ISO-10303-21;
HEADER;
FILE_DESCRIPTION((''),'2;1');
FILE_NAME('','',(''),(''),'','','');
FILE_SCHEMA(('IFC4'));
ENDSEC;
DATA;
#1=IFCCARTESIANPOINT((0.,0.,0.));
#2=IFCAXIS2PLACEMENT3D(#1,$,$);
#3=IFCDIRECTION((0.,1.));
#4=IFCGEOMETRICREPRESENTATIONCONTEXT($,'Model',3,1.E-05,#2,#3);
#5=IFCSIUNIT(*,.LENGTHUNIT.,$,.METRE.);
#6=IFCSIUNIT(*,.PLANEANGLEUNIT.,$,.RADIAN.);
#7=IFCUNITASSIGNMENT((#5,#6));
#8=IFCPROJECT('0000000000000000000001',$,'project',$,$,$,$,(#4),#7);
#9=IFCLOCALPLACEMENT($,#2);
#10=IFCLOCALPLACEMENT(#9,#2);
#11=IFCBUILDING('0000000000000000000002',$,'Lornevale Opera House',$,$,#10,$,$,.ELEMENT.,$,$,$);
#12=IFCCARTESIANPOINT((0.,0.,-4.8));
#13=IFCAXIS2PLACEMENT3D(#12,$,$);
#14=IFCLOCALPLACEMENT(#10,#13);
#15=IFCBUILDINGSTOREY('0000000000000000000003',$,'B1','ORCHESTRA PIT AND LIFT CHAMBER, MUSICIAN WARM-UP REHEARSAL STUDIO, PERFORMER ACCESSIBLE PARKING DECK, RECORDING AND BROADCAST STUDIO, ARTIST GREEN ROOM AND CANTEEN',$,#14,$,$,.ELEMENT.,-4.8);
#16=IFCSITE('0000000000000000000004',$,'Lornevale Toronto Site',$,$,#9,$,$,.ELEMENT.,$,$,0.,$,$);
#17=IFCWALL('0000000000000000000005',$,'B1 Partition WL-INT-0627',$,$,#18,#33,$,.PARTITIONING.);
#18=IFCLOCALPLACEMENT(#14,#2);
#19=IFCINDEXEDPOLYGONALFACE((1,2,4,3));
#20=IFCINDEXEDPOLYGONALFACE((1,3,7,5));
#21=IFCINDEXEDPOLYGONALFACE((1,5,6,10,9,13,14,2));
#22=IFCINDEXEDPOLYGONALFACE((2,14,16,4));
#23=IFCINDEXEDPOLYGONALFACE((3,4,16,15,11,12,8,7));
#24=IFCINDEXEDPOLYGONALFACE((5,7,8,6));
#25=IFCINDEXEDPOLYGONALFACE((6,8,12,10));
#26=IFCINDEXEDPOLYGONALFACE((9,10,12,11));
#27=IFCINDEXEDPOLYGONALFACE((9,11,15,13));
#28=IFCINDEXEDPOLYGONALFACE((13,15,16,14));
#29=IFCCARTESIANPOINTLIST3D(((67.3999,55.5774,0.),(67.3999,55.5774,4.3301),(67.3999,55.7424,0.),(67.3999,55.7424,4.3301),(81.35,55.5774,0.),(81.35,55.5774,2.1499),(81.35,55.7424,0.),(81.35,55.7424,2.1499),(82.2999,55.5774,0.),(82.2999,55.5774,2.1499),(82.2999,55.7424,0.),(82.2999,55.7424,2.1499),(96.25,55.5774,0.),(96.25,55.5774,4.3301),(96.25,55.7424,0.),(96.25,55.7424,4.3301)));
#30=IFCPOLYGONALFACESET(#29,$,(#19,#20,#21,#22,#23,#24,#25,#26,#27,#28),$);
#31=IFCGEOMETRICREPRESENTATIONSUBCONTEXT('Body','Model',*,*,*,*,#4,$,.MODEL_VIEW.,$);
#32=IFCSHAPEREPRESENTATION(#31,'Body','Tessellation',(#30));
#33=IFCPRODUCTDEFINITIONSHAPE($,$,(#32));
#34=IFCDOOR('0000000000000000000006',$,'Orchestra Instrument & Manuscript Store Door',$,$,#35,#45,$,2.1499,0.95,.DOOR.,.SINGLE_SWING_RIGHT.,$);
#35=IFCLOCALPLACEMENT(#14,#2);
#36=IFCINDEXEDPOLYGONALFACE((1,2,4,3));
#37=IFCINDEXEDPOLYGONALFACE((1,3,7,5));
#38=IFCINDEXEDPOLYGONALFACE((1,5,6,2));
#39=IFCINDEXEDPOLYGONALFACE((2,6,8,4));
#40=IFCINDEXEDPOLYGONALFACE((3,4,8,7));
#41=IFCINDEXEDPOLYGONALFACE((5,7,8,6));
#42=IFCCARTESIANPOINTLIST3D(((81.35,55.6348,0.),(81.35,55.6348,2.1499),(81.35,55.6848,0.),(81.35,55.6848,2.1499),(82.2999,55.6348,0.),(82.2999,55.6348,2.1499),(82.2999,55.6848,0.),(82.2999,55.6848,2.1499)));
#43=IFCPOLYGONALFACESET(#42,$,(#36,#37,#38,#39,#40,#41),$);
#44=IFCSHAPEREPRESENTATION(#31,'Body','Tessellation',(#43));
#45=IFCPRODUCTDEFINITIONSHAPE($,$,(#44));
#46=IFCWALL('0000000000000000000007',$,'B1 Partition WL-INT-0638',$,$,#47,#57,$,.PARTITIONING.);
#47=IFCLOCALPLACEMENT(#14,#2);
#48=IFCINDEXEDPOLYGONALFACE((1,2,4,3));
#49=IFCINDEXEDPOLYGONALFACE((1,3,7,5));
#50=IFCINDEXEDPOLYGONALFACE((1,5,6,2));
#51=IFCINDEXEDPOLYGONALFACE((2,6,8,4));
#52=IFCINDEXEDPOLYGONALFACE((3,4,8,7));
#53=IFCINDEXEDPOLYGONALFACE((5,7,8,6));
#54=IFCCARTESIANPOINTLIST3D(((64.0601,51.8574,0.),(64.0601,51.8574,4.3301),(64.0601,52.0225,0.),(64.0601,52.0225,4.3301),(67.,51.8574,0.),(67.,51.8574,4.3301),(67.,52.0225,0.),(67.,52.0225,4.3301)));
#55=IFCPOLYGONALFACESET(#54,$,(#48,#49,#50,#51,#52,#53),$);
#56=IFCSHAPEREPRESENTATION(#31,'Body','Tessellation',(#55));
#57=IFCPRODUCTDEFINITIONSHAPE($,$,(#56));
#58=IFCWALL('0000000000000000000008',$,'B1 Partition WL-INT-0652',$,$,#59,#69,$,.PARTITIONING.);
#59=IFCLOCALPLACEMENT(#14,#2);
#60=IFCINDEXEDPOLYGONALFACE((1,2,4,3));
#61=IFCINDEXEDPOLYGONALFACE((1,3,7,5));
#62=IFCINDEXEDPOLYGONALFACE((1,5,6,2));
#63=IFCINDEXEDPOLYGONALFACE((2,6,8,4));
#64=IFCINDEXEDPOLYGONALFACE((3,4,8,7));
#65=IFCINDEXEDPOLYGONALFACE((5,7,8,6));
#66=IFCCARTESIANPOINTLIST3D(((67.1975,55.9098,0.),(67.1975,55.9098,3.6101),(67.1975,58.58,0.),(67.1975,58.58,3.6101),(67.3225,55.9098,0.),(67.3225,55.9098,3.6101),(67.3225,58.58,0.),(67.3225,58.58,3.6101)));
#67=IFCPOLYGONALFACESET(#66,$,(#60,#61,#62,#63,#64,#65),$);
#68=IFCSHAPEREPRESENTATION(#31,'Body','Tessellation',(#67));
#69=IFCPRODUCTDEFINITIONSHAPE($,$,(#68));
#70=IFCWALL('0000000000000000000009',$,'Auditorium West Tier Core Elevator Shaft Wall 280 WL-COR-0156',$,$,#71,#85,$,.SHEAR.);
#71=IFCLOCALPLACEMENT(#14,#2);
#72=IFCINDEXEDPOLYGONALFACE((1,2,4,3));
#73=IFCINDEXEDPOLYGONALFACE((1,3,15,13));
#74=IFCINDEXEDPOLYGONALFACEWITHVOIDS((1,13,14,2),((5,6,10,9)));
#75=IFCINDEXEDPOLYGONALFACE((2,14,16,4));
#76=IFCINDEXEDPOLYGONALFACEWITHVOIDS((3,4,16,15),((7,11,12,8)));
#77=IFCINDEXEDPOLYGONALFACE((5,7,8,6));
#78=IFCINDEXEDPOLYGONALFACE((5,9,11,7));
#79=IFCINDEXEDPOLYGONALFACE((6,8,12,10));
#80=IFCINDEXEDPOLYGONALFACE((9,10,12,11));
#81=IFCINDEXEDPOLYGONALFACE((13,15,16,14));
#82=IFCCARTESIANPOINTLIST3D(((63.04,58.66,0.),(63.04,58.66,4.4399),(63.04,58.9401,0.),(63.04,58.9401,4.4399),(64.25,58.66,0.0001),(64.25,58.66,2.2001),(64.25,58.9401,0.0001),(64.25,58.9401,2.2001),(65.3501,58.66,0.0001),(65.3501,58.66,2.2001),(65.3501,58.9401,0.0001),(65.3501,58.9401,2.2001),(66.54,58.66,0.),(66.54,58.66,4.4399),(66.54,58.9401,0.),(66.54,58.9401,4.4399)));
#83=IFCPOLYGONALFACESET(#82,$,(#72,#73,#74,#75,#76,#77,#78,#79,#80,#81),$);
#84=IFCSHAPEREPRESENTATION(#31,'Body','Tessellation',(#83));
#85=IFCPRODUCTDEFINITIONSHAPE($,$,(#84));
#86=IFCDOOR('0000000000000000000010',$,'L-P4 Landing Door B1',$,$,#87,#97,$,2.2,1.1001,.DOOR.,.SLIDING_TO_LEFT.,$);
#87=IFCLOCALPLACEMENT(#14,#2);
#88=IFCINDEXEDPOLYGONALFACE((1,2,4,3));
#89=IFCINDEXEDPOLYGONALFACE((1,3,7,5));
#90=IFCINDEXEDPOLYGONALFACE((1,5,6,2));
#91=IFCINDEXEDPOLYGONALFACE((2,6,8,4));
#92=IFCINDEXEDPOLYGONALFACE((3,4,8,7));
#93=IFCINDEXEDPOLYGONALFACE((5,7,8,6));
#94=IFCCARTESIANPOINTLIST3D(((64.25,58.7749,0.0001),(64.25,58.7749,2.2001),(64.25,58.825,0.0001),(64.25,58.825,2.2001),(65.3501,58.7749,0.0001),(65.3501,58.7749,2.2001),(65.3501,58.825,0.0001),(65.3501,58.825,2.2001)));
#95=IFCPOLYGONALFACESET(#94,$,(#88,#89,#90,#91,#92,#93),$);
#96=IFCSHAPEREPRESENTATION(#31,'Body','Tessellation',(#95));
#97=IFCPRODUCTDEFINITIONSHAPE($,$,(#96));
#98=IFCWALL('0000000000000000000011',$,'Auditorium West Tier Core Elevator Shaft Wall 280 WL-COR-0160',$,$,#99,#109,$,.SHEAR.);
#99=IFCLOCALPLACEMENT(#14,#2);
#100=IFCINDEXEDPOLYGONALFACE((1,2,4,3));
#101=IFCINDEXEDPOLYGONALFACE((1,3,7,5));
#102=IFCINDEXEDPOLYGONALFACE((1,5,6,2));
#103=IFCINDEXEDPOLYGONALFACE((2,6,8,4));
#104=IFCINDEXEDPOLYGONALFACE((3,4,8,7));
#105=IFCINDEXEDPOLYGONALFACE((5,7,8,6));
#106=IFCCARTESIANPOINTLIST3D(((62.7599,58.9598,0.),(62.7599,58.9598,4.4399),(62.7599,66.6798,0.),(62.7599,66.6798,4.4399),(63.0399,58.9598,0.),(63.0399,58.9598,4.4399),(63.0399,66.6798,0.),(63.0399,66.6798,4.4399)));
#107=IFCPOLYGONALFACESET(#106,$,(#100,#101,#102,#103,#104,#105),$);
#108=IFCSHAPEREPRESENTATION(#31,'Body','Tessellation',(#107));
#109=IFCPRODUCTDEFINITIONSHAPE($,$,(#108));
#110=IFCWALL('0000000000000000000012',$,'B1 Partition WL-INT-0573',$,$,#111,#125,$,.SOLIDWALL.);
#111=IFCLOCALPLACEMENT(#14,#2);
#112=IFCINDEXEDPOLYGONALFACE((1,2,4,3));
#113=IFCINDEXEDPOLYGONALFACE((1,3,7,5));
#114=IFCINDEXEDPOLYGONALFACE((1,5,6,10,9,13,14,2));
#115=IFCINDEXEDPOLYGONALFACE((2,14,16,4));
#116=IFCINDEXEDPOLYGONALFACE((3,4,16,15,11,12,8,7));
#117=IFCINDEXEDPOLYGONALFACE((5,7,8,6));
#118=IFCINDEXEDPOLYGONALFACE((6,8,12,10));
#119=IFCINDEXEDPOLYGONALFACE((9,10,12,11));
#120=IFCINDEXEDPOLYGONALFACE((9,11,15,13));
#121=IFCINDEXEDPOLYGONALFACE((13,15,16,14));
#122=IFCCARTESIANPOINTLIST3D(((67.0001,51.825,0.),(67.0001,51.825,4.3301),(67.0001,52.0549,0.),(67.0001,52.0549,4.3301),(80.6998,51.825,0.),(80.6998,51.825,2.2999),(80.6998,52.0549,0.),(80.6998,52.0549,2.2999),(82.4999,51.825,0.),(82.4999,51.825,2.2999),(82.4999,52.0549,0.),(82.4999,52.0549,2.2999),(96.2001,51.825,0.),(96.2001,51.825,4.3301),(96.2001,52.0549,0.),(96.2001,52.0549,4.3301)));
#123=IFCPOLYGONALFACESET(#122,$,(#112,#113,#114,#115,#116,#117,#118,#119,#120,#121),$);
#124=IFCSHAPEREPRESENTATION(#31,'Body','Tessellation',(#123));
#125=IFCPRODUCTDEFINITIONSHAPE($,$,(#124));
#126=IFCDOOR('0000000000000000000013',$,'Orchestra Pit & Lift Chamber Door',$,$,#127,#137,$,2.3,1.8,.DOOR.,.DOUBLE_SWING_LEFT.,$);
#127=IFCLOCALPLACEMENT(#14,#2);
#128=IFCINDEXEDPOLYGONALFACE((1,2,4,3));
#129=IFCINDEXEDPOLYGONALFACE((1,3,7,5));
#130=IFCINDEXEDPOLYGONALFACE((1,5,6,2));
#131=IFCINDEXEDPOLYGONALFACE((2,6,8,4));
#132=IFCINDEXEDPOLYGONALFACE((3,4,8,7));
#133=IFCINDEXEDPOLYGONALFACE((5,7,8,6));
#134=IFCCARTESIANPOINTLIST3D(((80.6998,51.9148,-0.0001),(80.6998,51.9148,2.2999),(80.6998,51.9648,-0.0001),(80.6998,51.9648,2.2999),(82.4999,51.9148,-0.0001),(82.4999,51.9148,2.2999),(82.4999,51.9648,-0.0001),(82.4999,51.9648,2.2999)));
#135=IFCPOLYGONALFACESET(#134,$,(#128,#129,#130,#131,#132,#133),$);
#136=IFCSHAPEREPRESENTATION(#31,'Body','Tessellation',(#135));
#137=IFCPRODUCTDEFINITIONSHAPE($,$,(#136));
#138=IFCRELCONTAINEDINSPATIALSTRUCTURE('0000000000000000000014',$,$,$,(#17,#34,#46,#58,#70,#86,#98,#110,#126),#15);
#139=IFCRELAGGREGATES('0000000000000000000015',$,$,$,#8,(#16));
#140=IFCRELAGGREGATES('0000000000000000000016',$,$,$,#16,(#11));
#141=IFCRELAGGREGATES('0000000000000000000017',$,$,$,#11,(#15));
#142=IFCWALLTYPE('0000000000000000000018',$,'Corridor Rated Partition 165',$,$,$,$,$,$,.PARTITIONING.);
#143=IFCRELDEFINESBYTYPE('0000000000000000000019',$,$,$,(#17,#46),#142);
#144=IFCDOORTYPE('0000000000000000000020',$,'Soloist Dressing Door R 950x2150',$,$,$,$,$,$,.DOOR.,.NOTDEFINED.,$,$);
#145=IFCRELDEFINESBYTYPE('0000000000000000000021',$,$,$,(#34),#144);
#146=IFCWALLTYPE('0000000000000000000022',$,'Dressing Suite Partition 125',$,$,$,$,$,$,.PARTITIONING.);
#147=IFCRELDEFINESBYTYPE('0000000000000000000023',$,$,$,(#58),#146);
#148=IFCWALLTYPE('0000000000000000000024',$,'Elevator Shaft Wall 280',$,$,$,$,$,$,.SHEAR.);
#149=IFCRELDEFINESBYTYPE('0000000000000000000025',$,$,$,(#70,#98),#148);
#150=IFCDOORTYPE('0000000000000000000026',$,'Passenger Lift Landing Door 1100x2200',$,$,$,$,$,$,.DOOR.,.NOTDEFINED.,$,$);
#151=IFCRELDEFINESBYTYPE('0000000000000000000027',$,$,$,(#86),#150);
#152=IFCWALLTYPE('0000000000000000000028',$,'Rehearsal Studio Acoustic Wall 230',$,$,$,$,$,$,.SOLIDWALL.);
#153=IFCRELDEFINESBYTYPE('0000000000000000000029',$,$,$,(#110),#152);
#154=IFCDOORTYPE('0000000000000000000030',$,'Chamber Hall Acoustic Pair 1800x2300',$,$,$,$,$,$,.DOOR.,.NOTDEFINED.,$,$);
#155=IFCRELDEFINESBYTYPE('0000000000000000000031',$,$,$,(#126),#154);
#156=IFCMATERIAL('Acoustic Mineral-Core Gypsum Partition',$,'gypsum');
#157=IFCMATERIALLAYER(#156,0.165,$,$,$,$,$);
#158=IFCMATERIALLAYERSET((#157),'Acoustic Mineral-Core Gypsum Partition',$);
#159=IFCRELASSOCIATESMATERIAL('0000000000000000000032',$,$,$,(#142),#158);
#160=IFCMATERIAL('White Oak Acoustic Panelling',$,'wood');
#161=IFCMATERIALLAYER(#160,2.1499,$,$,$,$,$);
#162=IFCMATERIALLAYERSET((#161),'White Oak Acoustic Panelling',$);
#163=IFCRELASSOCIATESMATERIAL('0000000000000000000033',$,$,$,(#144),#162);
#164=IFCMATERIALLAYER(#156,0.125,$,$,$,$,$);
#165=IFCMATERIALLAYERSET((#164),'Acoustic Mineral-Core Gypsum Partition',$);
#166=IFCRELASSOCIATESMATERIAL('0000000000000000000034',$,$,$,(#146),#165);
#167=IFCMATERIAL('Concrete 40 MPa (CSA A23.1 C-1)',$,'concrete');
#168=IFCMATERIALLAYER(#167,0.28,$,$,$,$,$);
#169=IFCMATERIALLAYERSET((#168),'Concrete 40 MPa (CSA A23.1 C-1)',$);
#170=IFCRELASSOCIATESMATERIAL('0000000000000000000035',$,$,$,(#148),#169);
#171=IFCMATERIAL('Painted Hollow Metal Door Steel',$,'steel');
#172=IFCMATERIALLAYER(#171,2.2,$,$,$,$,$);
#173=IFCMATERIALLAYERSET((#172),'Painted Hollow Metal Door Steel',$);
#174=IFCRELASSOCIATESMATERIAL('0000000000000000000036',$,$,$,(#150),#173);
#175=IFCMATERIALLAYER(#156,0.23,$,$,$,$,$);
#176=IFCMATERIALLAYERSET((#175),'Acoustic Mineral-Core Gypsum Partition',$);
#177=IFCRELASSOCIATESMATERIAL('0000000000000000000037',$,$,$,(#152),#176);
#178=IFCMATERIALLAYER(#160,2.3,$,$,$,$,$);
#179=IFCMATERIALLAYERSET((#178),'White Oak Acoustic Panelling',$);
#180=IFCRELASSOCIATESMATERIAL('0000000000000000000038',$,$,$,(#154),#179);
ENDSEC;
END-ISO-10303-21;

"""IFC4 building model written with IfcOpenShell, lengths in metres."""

from ifc_helpers import new_model, si_unit, direction, frame, frame_2d, origin, place, context, subcontext, project, spatial, rectangle, extrude, material, layer, layer_set, type_object, element, fill, save


model = new_model("IFC4")

# Units and contexts
model_context = context("Model", 3, precision=1e-05, world=origin(), true_north=direction((0.0, 1.0)))
body_context = subcontext(model_context, "Body", "Model", "MODEL_VIEW")
ifc_project = project(units=[si_unit("LENGTHUNIT", "METRE"), si_unit("PLANEANGLEUNIT", "RADIAN")], contexts=[model_context])

# Site, building, storey
site_placement = place(None, origin())
site = spatial("IfcSite", under=ifc_project, at=site_placement, Name="Lornevale Toronto Site", CompositionType="ELEMENT", RefElevation=0.0)
building_placement = place(site_placement, origin())
building = spatial("IfcBuilding", under=site, at=building_placement, Name="Lornevale Opera House", CompositionType="ELEMENT")
storey_placement = place(building_placement, frame((0.0, 0.0, -4.8)))
storey = spatial("IfcBuildingStorey", under=building, at=storey_placement, Name="B1", Description="ORCHESTRA PIT AND LIFT CHAMBER, MUSICIAN WARM-UP REHEARSAL STUDIO, PERFORMER ACCESSIBLE PARKING DECK, RECORDING AND BROADCAST STUDIO, ARTIST GREEN ROOM AND CANTEEN", CompositionType="ELEMENT", Elevation=-4.8)

# Shared definitions
ifc_material_1 = material(Name="Concrete 40 MPa (CSA A23.1 C-1)", Category="concrete")

# Shared definitions
ifc_material_2 = material(Name="Painted Hollow Metal Door Steel", Category="steel")

# Shared definitions
ifc_material_3 = material(Name="Acoustic Mineral-Core Gypsum Partition", Category="gypsum")
ifc_layer_1 = layer(ifc_material_3, 0.165)
ifc_layer_set_1 = layer_set([ifc_layer_1], Name="Acoustic Mineral-Core Gypsum Partition")
wall_type_1 = type_object("IfcWallType", Name="Corridor Rated Partition 165", PredefinedType="PARTITIONING", material=ifc_layer_set_1)

# Wall, opening, door
wall_1_placement = place(storey_placement, frame((67.3999, 55.6599, 0.0), z_axis=(0.0, 0.0, 1.0), x_axis=(1.0, 0.0, 0.0)))
wall_1 = element("IfcWall", 1, at=wall_1_placement, inside=storey, type_object=wall_type_1, Name="B1 Partition WL-INT-0627", PredefinedType="PARTITIONING", context=body_context, shape_type="SweptSolid", body=[
    extrude(rectangle(XDim=28.8501, YDim=0.165, at=frame_2d((14.425, 0.0))), origin(), (0.0, 0.0, 1.0), 4.3301),
])
opening_1_placement = place(wall_1_placement, frame((13.95, 0.0, 0.0)))
opening_1 = element("IfcOpeningElement", 2, at=opening_1_placement, cuts=wall_1, PredefinedType="OPENING", context=body_context, shape_type="SweptSolid", body=[
    extrude(rectangle(XDim=0.95, YDim=2.1499, at=frame_2d((0.4751, 1.075))), frame((0.0, 0.0925, 0.0), z_axis=(0.0, -1.0, 0.0), x_axis=(1.0, 0.0, 0.0)), (0.0, 0.0, 1.0), 0.1851),
])
ifc_material_4 = material(Name="White Oak Acoustic Panelling", Category="wood")
ifc_layer_2 = layer(ifc_material_4, 2.1499)
ifc_layer_set_2 = layer_set([ifc_layer_2], Name="White Oak Acoustic Panelling")
door_type_1 = type_object("IfcDoorType", Name="Soloist Dressing Door R 950x2150", OperationType="NOTDEFINED", PredefinedType="DOOR", material=ifc_layer_set_2)
door_1_placement = place(opening_1_placement, origin())
door_1 = element("IfcDoor", 3, at=door_1_placement, inside=storey, type_object=door_type_1, Name="Orchestra Instrument & Manuscript Store Door", OperationType="SINGLE_SWING_RIGHT", OverallHeight=2.1499, OverallWidth=0.95, PredefinedType="DOOR", context=body_context, shape_type="SweptSolid", body=[
    extrude(rectangle(XDim=0.95, YDim=2.1499, at=frame_2d((0.4751, 1.075))), frame((0.0, 0.0249, 0.0), z_axis=(0.0, -1.0, 0.0), x_axis=(1.0, 0.0, 0.0)), (0.0, 0.0, 1.0), 0.05),
])
fill(opening_1, door_1)

# Walls
wall_2_placement = place(storey_placement, frame((64.0601, 51.9399, 0.0), z_axis=(0.0, 0.0, 1.0), x_axis=(1.0, 0.0, 0.0)))
element("IfcWall", 4, at=wall_2_placement, inside=storey, type_object=wall_type_1, Name="B1 Partition WL-INT-0638", PredefinedType="PARTITIONING", context=body_context, shape_type="SweptSolid", body=[
    extrude(rectangle(XDim=2.9399, YDim=0.165, at=frame_2d((1.47, 0.0))), origin(), (0.0, 0.0, 1.0), 4.3301),
])
ifc_layer_3 = layer(ifc_material_3, 0.125)
ifc_layer_set_3 = layer_set([ifc_layer_3], Name="Acoustic Mineral-Core Gypsum Partition")
wall_type_2 = type_object("IfcWallType", Name="Dressing Suite Partition 125", PredefinedType="PARTITIONING", material=ifc_layer_set_3)
wall_3_placement = place(storey_placement, frame((67.26, 55.9099, 0.0), z_axis=(0.0, 0.0, 1.0), x_axis=(0.0, 1.0, 0.0)))
element("IfcWall", 5, at=wall_3_placement, inside=storey, type_object=wall_type_2, Name="B1 Partition WL-INT-0652", PredefinedType="PARTITIONING", context=body_context, shape_type="SweptSolid", body=[
    extrude(rectangle(XDim=2.6702, YDim=0.125, at=frame_2d((1.335, 0.0))), origin(), (0.0, 0.0, 1.0), 3.6101),
])

# Wall, opening, door
ifc_layer_4 = layer(ifc_material_1, 0.28)
ifc_layer_set_4 = layer_set([ifc_layer_4], Name="Concrete 40 MPa (CSA A23.1 C-1)")
wall_type_3 = type_object("IfcWallType", Name="Elevator Shaft Wall 280", PredefinedType="SHEAR", material=ifc_layer_set_4)
wall_4_placement = place(storey_placement, frame((63.04, 58.8, 0.0), z_axis=(0.0, 0.0, 1.0), x_axis=(1.0, 0.0, 0.0)))
wall_4 = element("IfcWall", 6, at=wall_4_placement, inside=storey, type_object=wall_type_3, Name="Auditorium West Tier Core Elevator Shaft Wall 280 WL-COR-0156", PredefinedType="SHEAR", context=body_context, shape_type="SweptSolid", body=[
    extrude(rectangle(XDim=3.5, YDim=0.28, at=frame_2d((1.75, 0.0))), origin(), (0.0, 0.0, 1.0), 4.4399),
])
opening_2_placement = place(wall_4_placement, frame((1.21, 0.0, 0.0)))
opening_2 = element("IfcOpeningElement", 7, at=opening_2_placement, cuts=wall_4, PredefinedType="OPENING", context=body_context, shape_type="SweptSolid", body=[
    extrude(rectangle(XDim=1.1001, YDim=2.2, at=frame_2d((0.55, 1.1001))), frame((0.0, 0.1499, 0.0), z_axis=(0.0, -1.0, 0.0), x_axis=(1.0, 0.0, 0.0)), (0.0, 0.0, 1.0), 0.3),
])
ifc_layer_5 = layer(ifc_material_2, 2.2)
ifc_layer_set_5 = layer_set([ifc_layer_5], Name="Painted Hollow Metal Door Steel")
door_type_2 = type_object("IfcDoorType", Name="Passenger Lift Landing Door 1100x2200", OperationType="NOTDEFINED", PredefinedType="DOOR", material=ifc_layer_set_5)
door_2_placement = place(opening_2_placement, origin())
door_2 = element("IfcDoor", 8, at=door_2_placement, inside=storey, type_object=door_type_2, Name="L-P4 Landing Door B1", OperationType="SLIDING_TO_LEFT", OverallHeight=2.2, OverallWidth=1.1001, PredefinedType="DOOR", context=body_context, shape_type="SweptSolid", body=[
    extrude(rectangle(XDim=1.1001, YDim=2.2, at=frame_2d((0.55, 1.1001))), frame((0.0, 0.0249, 0.0), z_axis=(0.0, -1.0, 0.0), x_axis=(1.0, 0.0, 0.0)), (0.0, 0.0, 1.0), 0.05),
])
fill(opening_2, door_2)

# Wall
wall_5_placement = place(storey_placement, frame((62.8999, 58.96, 0.0), z_axis=(0.0, 0.0, 1.0), x_axis=(0.0, 1.0, 0.0)))
element("IfcWall", 9, at=wall_5_placement, inside=storey, type_object=wall_type_3, Name="Auditorium West Tier Core Elevator Shaft Wall 280 WL-COR-0160", PredefinedType="SHEAR", context=body_context, shape_type="SweptSolid", body=[
    extrude(rectangle(XDim=7.72, YDim=0.28, at=frame_2d((3.8599, 0.0))), origin(), (0.0, 0.0, 1.0), 4.4399),
])

# Wall, opening, door
ifc_layer_6 = layer(ifc_material_3, 0.23)
ifc_layer_set_6 = layer_set([ifc_layer_6], Name="Acoustic Mineral-Core Gypsum Partition")
wall_type_4 = type_object("IfcWallType", Name="Rehearsal Studio Acoustic Wall 230", PredefinedType="SOLIDWALL", material=ifc_layer_set_6)
wall_6_placement = place(storey_placement, frame((67.0, 51.9399, 0.0), z_axis=(0.0, 0.0, 1.0), x_axis=(1.0, 0.0, 0.0)))
wall_6 = element("IfcWall", 10, at=wall_6_placement, inside=storey, type_object=wall_type_4, Name="B1 Partition WL-INT-0573", PredefinedType="SOLIDWALL", context=body_context, shape_type="SweptSolid", body=[
    extrude(rectangle(XDim=29.2, YDim=0.23, at=frame_2d((14.6001, 0.0))), origin(), (0.0, 0.0, 1.0), 4.3301),
])
opening_3_placement = place(wall_6_placement, frame((13.7, 0.0, 0.0)))
opening_3 = element("IfcOpeningElement", 11, at=opening_3_placement, cuts=wall_6, PredefinedType="OPENING", context=body_context, shape_type="SweptSolid", body=[
    extrude(rectangle(XDim=1.8, YDim=2.3, at=frame_2d((0.8999, 1.1499))), frame((0.0, 0.125, 0.0), z_axis=(0.0, -1.0, 0.0), x_axis=(1.0, 0.0, 0.0)), (0.0, 0.0, 1.0), 0.25),
])
ifc_layer_7 = layer(ifc_material_4, 2.3)
ifc_layer_set_7 = layer_set([ifc_layer_7], Name="White Oak Acoustic Panelling")
door_type_3 = type_object("IfcDoorType", Name="Chamber Hall Acoustic Pair 1800x2300", OperationType="NOTDEFINED", PredefinedType="DOOR", material=ifc_layer_set_7)
door_3_placement = place(opening_3_placement, origin())
door_3 = element("IfcDoor", 12, at=door_3_placement, inside=storey, type_object=door_type_3, Name="Orchestra Pit & Lift Chamber Door", OperationType="DOUBLE_SWING_LEFT", OverallHeight=2.3, OverallWidth=1.8, PredefinedType="DOOR", context=body_context, shape_type="SweptSolid", body=[
    extrude(rectangle(XDim=1.8, YDim=2.3, at=frame_2d((0.8999, 1.1499))), frame((0.0, 0.0249, 0.0), z_axis=(0.0, -1.0, 0.0), x_axis=(1.0, 0.0, 0.0)), (0.0, 0.0, 1.0), 0.05),
])
fill(opening_3, door_3)

save(model, "model.ifc")
